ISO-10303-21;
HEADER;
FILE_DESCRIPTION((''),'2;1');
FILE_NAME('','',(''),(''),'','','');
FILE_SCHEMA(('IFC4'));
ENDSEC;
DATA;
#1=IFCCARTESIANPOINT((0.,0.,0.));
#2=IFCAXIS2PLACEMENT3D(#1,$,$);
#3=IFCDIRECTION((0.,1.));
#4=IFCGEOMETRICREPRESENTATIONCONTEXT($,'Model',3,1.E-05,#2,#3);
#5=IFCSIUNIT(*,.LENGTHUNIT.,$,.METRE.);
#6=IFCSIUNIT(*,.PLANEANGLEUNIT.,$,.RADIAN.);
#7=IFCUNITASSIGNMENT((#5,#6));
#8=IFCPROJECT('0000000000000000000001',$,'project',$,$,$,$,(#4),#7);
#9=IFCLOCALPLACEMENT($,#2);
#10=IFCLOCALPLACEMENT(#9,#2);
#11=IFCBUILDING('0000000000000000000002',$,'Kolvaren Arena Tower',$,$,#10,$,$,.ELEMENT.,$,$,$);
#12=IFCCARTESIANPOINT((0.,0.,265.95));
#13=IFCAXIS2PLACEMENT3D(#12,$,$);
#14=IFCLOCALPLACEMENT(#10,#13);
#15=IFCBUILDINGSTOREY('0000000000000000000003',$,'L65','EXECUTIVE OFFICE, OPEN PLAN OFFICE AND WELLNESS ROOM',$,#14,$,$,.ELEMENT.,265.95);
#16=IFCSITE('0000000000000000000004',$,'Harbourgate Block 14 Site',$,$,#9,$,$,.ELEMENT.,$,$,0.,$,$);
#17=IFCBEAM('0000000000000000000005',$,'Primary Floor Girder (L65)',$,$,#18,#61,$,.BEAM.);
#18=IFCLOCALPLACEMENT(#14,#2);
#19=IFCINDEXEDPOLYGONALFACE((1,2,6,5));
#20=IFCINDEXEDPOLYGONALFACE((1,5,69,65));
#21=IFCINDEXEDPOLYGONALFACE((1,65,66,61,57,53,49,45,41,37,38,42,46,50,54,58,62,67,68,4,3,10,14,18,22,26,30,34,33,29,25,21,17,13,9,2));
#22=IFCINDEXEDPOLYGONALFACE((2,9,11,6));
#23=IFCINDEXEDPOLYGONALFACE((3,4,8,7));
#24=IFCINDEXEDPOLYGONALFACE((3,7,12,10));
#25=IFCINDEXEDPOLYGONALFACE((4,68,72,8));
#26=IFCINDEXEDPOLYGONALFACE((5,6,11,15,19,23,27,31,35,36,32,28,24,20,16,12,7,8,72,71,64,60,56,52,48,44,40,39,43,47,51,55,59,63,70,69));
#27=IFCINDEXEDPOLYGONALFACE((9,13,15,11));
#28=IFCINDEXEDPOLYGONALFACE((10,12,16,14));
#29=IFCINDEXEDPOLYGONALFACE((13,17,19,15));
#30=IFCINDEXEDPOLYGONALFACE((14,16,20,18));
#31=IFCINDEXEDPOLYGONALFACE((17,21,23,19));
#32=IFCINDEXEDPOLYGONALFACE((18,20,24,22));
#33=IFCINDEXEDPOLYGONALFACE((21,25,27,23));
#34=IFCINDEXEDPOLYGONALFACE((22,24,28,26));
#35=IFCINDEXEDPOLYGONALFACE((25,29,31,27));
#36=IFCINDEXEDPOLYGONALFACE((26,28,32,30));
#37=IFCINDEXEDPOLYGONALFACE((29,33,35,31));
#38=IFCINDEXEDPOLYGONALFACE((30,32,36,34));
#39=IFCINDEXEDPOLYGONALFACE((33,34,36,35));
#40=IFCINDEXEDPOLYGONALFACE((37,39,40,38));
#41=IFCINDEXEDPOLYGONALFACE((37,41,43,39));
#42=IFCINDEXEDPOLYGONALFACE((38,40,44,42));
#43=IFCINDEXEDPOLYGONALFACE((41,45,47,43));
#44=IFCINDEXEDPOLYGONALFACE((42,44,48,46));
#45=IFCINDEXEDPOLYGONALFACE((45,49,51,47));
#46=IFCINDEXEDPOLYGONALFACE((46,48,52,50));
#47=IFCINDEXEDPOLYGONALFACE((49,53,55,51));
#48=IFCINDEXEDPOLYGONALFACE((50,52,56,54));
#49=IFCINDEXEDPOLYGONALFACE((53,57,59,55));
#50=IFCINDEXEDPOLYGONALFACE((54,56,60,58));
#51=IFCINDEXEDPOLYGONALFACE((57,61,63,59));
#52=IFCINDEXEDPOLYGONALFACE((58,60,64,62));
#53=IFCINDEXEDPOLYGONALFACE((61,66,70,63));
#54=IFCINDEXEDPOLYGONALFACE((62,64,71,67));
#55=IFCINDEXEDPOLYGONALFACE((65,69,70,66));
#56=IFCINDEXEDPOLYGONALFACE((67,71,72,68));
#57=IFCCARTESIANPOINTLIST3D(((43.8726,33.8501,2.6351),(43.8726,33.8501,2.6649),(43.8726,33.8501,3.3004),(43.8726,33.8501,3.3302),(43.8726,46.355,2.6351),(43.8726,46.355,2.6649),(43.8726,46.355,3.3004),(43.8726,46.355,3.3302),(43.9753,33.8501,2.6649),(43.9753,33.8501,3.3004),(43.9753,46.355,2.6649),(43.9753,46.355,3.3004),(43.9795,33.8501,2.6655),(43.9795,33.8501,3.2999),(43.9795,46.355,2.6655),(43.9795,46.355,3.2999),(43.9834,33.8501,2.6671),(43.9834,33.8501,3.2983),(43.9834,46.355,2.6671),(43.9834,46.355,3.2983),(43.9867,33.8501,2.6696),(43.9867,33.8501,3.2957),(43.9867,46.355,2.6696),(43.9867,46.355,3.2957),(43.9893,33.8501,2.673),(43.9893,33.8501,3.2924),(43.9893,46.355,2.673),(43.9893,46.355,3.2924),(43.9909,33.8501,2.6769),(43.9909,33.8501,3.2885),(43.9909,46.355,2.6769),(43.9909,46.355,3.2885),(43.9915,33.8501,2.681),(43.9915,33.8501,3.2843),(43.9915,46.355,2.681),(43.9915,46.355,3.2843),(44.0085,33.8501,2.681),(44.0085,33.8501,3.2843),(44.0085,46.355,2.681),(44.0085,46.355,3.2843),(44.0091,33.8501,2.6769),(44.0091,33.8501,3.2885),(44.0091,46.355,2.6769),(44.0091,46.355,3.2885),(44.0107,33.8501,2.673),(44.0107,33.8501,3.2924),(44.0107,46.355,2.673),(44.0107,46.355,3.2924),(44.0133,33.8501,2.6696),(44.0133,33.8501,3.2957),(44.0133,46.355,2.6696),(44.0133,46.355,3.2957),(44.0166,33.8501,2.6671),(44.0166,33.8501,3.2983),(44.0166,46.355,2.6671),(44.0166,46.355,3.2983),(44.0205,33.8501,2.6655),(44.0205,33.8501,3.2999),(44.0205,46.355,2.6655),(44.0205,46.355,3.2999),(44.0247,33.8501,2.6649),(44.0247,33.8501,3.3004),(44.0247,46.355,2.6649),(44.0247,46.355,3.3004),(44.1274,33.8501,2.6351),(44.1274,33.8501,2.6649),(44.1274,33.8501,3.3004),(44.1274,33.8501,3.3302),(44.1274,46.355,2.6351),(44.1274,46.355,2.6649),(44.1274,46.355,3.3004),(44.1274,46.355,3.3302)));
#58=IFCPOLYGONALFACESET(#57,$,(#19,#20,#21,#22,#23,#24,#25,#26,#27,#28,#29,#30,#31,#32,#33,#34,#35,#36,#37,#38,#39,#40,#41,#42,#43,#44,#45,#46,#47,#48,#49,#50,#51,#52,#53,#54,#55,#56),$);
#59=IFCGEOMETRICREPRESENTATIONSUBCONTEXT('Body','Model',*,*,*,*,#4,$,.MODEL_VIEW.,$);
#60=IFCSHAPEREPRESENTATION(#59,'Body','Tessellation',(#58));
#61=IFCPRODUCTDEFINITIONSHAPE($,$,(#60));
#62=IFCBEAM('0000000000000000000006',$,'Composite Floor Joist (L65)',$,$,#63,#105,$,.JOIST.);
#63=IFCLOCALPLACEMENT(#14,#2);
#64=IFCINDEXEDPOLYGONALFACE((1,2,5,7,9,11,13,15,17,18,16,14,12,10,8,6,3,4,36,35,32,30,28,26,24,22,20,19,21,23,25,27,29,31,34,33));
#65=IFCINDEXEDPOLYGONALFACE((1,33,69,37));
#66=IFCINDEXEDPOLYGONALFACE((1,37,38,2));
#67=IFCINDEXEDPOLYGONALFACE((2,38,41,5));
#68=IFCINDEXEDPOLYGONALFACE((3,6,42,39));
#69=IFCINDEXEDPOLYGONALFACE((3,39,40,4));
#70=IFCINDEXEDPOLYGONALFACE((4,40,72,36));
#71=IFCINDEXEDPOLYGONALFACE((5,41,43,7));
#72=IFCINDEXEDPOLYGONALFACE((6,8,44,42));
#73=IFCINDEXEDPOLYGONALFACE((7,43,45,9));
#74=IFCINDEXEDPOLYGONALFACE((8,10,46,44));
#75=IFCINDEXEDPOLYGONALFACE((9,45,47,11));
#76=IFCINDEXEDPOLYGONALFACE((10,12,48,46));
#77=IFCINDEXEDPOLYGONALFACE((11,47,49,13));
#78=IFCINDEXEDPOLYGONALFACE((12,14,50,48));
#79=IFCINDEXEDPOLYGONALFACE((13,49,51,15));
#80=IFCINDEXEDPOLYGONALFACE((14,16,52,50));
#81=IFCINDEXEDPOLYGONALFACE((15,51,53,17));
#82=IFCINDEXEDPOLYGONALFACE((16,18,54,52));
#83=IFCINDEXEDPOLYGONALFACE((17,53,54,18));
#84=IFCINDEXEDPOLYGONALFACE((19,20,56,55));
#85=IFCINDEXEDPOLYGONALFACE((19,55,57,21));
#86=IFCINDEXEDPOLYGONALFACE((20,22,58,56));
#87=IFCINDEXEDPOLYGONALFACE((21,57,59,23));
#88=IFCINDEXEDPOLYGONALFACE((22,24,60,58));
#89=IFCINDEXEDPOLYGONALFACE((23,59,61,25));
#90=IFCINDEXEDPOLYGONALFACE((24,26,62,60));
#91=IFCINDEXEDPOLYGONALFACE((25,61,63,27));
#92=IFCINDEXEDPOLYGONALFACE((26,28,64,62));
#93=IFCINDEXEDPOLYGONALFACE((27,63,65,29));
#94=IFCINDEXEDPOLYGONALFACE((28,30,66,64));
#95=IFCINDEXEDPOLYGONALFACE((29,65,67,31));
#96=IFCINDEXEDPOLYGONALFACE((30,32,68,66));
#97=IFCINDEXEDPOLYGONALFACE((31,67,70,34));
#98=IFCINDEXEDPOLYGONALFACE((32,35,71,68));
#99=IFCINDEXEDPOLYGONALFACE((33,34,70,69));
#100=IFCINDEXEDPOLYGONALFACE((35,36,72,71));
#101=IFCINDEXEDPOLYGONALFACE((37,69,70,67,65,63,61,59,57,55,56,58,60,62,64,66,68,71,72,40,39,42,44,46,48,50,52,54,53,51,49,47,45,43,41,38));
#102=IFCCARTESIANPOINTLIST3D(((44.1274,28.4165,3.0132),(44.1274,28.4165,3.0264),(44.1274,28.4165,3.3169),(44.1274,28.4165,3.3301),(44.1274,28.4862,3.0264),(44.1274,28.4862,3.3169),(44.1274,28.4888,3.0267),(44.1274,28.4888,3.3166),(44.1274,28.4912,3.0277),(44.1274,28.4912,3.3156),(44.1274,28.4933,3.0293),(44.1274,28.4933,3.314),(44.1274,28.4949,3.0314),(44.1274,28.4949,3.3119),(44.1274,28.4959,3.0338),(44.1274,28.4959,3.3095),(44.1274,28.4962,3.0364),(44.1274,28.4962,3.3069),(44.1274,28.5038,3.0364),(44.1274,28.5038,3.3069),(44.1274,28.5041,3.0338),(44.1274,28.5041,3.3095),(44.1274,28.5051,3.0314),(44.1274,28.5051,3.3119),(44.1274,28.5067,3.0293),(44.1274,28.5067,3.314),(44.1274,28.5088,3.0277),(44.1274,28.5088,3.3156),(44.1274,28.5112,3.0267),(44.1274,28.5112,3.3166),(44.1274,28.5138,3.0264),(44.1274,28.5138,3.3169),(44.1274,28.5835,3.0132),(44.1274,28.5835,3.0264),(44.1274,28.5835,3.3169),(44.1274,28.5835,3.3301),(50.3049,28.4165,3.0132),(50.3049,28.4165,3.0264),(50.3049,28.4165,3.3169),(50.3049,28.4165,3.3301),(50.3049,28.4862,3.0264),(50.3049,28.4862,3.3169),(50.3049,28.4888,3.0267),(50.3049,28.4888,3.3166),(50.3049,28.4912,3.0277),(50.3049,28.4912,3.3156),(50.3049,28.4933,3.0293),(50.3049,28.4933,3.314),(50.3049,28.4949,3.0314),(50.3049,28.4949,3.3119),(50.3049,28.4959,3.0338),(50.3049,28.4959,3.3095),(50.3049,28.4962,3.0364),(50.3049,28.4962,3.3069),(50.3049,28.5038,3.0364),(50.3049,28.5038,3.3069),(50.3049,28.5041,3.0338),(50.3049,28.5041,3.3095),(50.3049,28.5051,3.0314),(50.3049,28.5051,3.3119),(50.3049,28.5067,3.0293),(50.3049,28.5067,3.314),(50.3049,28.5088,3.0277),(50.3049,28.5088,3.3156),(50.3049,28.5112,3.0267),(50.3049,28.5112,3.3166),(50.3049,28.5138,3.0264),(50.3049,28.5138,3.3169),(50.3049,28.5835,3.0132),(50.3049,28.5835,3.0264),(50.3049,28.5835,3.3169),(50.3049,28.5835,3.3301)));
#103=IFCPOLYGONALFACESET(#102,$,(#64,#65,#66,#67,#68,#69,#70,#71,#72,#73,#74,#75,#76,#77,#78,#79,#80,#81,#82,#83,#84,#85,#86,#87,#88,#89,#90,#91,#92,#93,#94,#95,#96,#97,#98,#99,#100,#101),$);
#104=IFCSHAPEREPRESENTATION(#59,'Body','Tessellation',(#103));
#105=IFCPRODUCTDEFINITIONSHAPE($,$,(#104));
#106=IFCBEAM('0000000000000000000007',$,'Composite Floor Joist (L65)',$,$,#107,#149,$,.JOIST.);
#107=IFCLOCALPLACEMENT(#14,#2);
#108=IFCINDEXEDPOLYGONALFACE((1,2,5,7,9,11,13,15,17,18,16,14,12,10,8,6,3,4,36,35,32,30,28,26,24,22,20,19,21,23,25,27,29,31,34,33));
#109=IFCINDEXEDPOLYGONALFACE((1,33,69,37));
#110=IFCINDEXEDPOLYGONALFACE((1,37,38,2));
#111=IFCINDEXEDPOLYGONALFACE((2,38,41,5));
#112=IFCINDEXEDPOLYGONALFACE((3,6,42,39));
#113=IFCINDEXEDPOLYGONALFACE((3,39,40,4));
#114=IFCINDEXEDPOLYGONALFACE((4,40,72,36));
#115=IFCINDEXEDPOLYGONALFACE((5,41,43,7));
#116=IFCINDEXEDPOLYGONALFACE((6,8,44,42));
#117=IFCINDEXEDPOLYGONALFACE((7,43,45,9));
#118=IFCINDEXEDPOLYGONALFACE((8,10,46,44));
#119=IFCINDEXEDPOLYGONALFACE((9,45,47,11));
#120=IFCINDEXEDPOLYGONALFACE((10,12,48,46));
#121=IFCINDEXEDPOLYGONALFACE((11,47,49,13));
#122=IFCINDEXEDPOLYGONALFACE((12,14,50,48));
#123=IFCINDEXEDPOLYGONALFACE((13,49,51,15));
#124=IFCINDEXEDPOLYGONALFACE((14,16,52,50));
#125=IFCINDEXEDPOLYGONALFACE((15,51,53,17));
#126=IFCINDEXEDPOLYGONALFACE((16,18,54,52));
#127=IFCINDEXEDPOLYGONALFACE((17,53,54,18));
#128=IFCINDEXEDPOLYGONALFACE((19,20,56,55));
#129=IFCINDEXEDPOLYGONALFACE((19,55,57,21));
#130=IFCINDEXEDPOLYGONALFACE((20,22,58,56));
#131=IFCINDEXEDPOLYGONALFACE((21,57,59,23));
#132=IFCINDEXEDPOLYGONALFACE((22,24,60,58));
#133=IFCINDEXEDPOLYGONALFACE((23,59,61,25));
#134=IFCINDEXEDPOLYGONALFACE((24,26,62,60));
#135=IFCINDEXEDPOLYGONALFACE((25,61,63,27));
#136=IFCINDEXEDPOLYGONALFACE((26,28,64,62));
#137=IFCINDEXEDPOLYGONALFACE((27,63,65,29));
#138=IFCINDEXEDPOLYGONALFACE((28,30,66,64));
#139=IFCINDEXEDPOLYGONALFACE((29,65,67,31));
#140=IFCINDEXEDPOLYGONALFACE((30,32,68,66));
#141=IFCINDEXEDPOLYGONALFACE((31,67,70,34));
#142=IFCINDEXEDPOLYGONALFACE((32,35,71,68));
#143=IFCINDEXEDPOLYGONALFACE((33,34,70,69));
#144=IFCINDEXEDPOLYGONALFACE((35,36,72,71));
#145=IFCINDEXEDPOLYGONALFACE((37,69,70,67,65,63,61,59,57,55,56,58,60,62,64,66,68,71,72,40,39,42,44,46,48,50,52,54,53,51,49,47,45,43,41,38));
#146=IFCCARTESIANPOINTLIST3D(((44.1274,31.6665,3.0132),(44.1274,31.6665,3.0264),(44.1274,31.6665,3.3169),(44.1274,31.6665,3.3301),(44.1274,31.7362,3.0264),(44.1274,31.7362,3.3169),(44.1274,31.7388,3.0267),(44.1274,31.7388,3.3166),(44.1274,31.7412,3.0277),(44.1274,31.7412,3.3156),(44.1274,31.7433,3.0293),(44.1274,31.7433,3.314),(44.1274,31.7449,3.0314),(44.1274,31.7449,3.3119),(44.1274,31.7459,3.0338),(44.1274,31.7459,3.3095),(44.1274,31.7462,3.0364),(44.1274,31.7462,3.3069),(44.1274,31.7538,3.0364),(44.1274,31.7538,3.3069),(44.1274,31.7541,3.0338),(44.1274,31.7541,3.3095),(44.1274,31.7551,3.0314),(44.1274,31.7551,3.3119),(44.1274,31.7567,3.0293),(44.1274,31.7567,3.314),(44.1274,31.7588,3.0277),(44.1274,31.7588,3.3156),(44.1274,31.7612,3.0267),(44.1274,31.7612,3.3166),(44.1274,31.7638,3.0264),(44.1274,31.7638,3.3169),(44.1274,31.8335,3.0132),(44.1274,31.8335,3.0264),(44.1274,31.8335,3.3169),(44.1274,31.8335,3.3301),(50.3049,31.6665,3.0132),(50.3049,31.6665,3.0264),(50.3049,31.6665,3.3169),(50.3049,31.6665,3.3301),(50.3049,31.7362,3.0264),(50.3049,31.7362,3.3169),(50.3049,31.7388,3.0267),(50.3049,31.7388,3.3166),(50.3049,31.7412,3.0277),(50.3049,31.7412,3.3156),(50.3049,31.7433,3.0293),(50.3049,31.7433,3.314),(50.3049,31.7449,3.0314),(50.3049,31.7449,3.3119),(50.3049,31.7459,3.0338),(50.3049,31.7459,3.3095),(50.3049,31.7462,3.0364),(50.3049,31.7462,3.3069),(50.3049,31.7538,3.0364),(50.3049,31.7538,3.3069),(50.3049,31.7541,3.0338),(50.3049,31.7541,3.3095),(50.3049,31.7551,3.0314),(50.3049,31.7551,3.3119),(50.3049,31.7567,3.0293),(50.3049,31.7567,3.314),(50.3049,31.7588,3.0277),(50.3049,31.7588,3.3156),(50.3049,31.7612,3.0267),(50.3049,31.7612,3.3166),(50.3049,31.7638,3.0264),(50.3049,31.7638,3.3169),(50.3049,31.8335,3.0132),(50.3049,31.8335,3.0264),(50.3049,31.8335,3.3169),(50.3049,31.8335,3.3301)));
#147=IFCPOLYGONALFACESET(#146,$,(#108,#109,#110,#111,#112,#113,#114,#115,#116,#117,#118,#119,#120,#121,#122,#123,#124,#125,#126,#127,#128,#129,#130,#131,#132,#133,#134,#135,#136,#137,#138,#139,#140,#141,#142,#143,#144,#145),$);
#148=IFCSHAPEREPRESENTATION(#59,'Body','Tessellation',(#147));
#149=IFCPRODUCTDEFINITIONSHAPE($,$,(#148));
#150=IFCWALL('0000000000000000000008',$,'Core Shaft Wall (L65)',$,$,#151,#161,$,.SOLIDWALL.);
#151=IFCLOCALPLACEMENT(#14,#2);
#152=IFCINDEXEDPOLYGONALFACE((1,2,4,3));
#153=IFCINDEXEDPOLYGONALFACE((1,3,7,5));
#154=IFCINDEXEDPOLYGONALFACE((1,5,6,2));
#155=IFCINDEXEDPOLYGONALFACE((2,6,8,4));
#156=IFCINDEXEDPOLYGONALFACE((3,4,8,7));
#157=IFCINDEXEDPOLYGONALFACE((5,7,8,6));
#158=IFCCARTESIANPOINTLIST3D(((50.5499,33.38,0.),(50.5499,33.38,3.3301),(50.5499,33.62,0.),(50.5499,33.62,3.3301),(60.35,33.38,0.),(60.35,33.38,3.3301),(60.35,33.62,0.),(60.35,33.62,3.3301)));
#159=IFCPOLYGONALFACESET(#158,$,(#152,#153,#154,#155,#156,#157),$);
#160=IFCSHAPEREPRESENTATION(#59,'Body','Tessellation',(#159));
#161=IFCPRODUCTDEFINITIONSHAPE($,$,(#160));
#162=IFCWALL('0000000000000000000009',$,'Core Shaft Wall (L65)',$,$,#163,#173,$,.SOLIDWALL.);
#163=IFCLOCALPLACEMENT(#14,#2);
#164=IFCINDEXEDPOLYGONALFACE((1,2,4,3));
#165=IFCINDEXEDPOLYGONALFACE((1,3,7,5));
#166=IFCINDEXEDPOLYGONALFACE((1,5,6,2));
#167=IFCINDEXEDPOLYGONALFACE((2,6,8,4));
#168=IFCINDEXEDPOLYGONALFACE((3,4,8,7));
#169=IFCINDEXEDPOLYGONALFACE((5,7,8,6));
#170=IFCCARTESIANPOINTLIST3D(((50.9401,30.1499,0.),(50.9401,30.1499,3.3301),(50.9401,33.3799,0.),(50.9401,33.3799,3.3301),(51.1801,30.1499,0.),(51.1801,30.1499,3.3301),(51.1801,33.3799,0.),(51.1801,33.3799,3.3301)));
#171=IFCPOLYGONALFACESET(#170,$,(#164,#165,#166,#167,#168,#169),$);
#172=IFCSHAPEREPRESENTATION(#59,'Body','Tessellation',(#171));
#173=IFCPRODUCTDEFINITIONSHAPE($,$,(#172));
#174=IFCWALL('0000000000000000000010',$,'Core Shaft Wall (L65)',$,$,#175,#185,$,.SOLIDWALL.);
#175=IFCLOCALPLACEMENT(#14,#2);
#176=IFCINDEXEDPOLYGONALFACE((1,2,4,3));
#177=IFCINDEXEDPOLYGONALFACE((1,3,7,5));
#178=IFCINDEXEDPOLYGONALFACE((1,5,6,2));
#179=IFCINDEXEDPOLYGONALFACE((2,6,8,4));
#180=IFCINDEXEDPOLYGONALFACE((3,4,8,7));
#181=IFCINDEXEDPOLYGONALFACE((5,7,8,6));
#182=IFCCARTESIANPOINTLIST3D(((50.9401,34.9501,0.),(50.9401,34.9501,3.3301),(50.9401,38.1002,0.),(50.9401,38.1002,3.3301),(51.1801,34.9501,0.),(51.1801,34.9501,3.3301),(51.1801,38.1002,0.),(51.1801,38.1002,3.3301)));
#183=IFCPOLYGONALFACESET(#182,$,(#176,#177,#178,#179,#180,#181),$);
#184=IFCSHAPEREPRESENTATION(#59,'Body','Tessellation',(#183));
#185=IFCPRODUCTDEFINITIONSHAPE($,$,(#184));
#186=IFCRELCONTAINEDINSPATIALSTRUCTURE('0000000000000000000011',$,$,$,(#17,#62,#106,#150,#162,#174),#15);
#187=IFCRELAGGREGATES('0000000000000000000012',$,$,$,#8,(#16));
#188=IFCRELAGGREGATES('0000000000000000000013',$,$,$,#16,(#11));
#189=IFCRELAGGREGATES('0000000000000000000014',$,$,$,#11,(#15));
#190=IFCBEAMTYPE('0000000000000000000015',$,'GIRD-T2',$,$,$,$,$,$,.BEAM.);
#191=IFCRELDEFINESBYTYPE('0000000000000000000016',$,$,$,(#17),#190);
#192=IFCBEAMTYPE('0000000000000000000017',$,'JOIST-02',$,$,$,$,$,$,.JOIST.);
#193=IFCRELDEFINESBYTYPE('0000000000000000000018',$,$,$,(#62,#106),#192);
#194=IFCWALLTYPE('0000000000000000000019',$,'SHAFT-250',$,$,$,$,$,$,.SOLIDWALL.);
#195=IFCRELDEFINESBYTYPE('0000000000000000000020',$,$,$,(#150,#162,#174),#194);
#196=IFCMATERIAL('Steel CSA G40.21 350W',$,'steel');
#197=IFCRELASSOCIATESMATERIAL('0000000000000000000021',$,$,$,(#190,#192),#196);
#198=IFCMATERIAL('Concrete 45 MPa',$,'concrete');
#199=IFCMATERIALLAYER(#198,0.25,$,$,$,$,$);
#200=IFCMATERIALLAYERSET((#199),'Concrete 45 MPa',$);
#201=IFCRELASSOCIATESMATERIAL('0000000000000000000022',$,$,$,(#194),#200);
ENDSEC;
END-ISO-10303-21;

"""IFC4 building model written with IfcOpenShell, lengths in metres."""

from ifc_helpers import new_model, si_unit, direction, frame, frame_2d, origin, origin_2d, place, context, subcontext, project, spatial, rectangle, i_section, extrude, material, layer, layer_set, material_profile, profile_set, type_object, element, save


model = new_model("IFC4")

# Units and contexts
model_context = context("Model", 3, precision=1e-05, world=origin(), true_north=direction((0.0, 1.0)))
body_context = subcontext(model_context, "Body", "Model", "MODEL_VIEW")
ifc_project = project(units=[si_unit("LENGTHUNIT", "METRE"), si_unit("PLANEANGLEUNIT", "RADIAN")], contexts=[model_context])

# Site, building, storey
site_placement = place(None, origin())
site = spatial("IfcSite", under=ifc_project, at=site_placement, Name="Harbourgate Block 14 Site", CompositionType="ELEMENT", RefElevation=0.0)
building_placement = place(site_placement, origin())
building = spatial("IfcBuilding", under=site, at=building_placement, Name="Kolvaren Arena Tower", CompositionType="ELEMENT")
storey_placement = place(building_placement, frame((0.0, 0.0, 265.95)))
storey = spatial("IfcBuildingStorey", under=building, at=storey_placement, Name="L65", Description="EXECUTIVE OFFICE, OPEN PLAN OFFICE AND WELLNESS ROOM", CompositionType="ELEMENT", Elevation=265.95)

# Beams
ifc_material_1 = material(Name="Steel CSA G40.21 350W", Category="steel")
ifc_material_profile_1 = material_profile(ifc_material_1, i_section(OverallWidth=0.2549, OverallDepth=0.6951, WebThickness=0.0171, FlangeThickness=0.0298, FilletRadius=0.0161, at=origin_2d()), Name="W690x217")
ifc_profile_set_1 = profile_set([ifc_material_profile_1], Name="Steel CSA G40.21 350W")
beam_type_1 = type_object("IfcBeamType", Name="GIRD-T2", PredefinedType="BEAM", material=ifc_profile_set_1)
beam_1_placement = place(storey_placement, frame((44.0, 33.8501, 2.9827), z_axis=(0.0, 1.0, 0.0), x_axis=(-1.0, 0.0, 0.0)))
element("IfcBeam", 1, at=beam_1_placement, inside=storey, type_object=beam_type_1, Name="Primary Floor Girder (L65)", PredefinedType="BEAM", context=body_context, shape_type="SweptSolid", body=[
    extrude(i_section(OverallWidth=0.2549, OverallDepth=0.6951, WebThickness=0.0171, FlangeThickness=0.0298, FilletRadius=0.0161, at=origin_2d()), origin(), (0.0, 0.0, 1.0), 12.5049),
])
ifc_material_profile_2 = material_profile(ifc_material_1, i_section(OverallWidth=0.167, OverallDepth=0.3169, WebThickness=0.0076, FlangeThickness=0.0132, FilletRadius=0.01, at=origin_2d()), Name="W310x52")
ifc_profile_set_2 = profile_set([ifc_material_profile_2], Name="Steel CSA G40.21 350W")
beam_type_2 = type_object("IfcBeamType", Name="JOIST-02", PredefinedType="JOIST", material=ifc_profile_set_2)
for number, where, z_axis, x_axis, name in (
    (2, (44.1274, 28.5, 3.1716), (1.0, 0.0, 0.0), (0.0, 1.0, 0.0), "Composite Floor Joist (L65)"),
    (3, (44.1274, 31.75, 3.1716), (1.0, 0.0, 0.0), (0.0, 1.0, 0.0), "Composite Floor Joist (L65)"),
):
    element("IfcBeam", number, at=place(storey_placement, frame(where, z_axis=z_axis, x_axis=x_axis)), inside=storey, type_object=beam_type_2, Name=name, PredefinedType="JOIST", context=body_context, shape_type="SweptSolid", body=[
        extrude(i_section(OverallWidth=0.167, OverallDepth=0.3169, WebThickness=0.0076, FlangeThickness=0.0132, FilletRadius=0.01, at=origin_2d()), origin(), (0.0, 0.0, 1.0), 6.1775),
    ])

# Walls
ifc_material_2 = material(Name="Concrete 45 MPa", Category="concrete")
ifc_layer = layer(ifc_material_2, 0.25)
ifc_layer_set = layer_set([ifc_layer], Name="Concrete 45 MPa")
wall_type = type_object("IfcWallType", Name="SHAFT-250", PredefinedType="SOLIDWALL", material=ifc_layer_set)
wall_1_placement = place(storey_placement, frame((50.55, 33.5, 0.0), z_axis=(0.0, 0.0, 1.0), x_axis=(1.0, 0.0, 0.0)))
element("IfcWall", 4, at=wall_1_placement, inside=storey, type_object=wall_type, Name="Core Shaft Wall (L65)", PredefinedType="SOLIDWALL", context=body_context, shape_type="SweptSolid", body=[
    extrude(rectangle(XDim=9.8, YDim=0.24, at=frame_2d((4.8999, 0.0))), origin(), (0.0, 0.0, 1.0), 3.3301),
])
wall_2_placement = place(storey_placement, frame((51.0601, 30.1499, 0.0), z_axis=(0.0, 0.0, 1.0), x_axis=(0.0, 1.0, 0.0)))
element("IfcWall", 5, at=wall_2_placement, inside=storey, type_object=wall_type, Name="Core Shaft Wall (L65)", PredefinedType="SOLIDWALL", context=body_context, shape_type="SweptSolid", body=[
    extrude(rectangle(XDim=3.23, YDim=0.24, at=frame_2d((1.615, 0.0))), origin(), (0.0, 0.0, 1.0), 3.3301),
])
wall_3_placement = place(storey_placement, frame((51.0601, 34.95, 0.0), z_axis=(0.0, 0.0, 1.0), x_axis=(0.0, 1.0, 0.0)))
element("IfcWall", 6, at=wall_3_placement, inside=storey, type_object=wall_type, Name="Core Shaft Wall (L65)", PredefinedType="SOLIDWALL", context=body_context, shape_type="SweptSolid", body=[
    extrude(rectangle(XDim=3.1501, YDim=0.24, at=frame_2d((1.5752, 0.0))), origin(), (0.0, 0.0, 1.0), 3.3301),
])

save(model, "model.ifc")
